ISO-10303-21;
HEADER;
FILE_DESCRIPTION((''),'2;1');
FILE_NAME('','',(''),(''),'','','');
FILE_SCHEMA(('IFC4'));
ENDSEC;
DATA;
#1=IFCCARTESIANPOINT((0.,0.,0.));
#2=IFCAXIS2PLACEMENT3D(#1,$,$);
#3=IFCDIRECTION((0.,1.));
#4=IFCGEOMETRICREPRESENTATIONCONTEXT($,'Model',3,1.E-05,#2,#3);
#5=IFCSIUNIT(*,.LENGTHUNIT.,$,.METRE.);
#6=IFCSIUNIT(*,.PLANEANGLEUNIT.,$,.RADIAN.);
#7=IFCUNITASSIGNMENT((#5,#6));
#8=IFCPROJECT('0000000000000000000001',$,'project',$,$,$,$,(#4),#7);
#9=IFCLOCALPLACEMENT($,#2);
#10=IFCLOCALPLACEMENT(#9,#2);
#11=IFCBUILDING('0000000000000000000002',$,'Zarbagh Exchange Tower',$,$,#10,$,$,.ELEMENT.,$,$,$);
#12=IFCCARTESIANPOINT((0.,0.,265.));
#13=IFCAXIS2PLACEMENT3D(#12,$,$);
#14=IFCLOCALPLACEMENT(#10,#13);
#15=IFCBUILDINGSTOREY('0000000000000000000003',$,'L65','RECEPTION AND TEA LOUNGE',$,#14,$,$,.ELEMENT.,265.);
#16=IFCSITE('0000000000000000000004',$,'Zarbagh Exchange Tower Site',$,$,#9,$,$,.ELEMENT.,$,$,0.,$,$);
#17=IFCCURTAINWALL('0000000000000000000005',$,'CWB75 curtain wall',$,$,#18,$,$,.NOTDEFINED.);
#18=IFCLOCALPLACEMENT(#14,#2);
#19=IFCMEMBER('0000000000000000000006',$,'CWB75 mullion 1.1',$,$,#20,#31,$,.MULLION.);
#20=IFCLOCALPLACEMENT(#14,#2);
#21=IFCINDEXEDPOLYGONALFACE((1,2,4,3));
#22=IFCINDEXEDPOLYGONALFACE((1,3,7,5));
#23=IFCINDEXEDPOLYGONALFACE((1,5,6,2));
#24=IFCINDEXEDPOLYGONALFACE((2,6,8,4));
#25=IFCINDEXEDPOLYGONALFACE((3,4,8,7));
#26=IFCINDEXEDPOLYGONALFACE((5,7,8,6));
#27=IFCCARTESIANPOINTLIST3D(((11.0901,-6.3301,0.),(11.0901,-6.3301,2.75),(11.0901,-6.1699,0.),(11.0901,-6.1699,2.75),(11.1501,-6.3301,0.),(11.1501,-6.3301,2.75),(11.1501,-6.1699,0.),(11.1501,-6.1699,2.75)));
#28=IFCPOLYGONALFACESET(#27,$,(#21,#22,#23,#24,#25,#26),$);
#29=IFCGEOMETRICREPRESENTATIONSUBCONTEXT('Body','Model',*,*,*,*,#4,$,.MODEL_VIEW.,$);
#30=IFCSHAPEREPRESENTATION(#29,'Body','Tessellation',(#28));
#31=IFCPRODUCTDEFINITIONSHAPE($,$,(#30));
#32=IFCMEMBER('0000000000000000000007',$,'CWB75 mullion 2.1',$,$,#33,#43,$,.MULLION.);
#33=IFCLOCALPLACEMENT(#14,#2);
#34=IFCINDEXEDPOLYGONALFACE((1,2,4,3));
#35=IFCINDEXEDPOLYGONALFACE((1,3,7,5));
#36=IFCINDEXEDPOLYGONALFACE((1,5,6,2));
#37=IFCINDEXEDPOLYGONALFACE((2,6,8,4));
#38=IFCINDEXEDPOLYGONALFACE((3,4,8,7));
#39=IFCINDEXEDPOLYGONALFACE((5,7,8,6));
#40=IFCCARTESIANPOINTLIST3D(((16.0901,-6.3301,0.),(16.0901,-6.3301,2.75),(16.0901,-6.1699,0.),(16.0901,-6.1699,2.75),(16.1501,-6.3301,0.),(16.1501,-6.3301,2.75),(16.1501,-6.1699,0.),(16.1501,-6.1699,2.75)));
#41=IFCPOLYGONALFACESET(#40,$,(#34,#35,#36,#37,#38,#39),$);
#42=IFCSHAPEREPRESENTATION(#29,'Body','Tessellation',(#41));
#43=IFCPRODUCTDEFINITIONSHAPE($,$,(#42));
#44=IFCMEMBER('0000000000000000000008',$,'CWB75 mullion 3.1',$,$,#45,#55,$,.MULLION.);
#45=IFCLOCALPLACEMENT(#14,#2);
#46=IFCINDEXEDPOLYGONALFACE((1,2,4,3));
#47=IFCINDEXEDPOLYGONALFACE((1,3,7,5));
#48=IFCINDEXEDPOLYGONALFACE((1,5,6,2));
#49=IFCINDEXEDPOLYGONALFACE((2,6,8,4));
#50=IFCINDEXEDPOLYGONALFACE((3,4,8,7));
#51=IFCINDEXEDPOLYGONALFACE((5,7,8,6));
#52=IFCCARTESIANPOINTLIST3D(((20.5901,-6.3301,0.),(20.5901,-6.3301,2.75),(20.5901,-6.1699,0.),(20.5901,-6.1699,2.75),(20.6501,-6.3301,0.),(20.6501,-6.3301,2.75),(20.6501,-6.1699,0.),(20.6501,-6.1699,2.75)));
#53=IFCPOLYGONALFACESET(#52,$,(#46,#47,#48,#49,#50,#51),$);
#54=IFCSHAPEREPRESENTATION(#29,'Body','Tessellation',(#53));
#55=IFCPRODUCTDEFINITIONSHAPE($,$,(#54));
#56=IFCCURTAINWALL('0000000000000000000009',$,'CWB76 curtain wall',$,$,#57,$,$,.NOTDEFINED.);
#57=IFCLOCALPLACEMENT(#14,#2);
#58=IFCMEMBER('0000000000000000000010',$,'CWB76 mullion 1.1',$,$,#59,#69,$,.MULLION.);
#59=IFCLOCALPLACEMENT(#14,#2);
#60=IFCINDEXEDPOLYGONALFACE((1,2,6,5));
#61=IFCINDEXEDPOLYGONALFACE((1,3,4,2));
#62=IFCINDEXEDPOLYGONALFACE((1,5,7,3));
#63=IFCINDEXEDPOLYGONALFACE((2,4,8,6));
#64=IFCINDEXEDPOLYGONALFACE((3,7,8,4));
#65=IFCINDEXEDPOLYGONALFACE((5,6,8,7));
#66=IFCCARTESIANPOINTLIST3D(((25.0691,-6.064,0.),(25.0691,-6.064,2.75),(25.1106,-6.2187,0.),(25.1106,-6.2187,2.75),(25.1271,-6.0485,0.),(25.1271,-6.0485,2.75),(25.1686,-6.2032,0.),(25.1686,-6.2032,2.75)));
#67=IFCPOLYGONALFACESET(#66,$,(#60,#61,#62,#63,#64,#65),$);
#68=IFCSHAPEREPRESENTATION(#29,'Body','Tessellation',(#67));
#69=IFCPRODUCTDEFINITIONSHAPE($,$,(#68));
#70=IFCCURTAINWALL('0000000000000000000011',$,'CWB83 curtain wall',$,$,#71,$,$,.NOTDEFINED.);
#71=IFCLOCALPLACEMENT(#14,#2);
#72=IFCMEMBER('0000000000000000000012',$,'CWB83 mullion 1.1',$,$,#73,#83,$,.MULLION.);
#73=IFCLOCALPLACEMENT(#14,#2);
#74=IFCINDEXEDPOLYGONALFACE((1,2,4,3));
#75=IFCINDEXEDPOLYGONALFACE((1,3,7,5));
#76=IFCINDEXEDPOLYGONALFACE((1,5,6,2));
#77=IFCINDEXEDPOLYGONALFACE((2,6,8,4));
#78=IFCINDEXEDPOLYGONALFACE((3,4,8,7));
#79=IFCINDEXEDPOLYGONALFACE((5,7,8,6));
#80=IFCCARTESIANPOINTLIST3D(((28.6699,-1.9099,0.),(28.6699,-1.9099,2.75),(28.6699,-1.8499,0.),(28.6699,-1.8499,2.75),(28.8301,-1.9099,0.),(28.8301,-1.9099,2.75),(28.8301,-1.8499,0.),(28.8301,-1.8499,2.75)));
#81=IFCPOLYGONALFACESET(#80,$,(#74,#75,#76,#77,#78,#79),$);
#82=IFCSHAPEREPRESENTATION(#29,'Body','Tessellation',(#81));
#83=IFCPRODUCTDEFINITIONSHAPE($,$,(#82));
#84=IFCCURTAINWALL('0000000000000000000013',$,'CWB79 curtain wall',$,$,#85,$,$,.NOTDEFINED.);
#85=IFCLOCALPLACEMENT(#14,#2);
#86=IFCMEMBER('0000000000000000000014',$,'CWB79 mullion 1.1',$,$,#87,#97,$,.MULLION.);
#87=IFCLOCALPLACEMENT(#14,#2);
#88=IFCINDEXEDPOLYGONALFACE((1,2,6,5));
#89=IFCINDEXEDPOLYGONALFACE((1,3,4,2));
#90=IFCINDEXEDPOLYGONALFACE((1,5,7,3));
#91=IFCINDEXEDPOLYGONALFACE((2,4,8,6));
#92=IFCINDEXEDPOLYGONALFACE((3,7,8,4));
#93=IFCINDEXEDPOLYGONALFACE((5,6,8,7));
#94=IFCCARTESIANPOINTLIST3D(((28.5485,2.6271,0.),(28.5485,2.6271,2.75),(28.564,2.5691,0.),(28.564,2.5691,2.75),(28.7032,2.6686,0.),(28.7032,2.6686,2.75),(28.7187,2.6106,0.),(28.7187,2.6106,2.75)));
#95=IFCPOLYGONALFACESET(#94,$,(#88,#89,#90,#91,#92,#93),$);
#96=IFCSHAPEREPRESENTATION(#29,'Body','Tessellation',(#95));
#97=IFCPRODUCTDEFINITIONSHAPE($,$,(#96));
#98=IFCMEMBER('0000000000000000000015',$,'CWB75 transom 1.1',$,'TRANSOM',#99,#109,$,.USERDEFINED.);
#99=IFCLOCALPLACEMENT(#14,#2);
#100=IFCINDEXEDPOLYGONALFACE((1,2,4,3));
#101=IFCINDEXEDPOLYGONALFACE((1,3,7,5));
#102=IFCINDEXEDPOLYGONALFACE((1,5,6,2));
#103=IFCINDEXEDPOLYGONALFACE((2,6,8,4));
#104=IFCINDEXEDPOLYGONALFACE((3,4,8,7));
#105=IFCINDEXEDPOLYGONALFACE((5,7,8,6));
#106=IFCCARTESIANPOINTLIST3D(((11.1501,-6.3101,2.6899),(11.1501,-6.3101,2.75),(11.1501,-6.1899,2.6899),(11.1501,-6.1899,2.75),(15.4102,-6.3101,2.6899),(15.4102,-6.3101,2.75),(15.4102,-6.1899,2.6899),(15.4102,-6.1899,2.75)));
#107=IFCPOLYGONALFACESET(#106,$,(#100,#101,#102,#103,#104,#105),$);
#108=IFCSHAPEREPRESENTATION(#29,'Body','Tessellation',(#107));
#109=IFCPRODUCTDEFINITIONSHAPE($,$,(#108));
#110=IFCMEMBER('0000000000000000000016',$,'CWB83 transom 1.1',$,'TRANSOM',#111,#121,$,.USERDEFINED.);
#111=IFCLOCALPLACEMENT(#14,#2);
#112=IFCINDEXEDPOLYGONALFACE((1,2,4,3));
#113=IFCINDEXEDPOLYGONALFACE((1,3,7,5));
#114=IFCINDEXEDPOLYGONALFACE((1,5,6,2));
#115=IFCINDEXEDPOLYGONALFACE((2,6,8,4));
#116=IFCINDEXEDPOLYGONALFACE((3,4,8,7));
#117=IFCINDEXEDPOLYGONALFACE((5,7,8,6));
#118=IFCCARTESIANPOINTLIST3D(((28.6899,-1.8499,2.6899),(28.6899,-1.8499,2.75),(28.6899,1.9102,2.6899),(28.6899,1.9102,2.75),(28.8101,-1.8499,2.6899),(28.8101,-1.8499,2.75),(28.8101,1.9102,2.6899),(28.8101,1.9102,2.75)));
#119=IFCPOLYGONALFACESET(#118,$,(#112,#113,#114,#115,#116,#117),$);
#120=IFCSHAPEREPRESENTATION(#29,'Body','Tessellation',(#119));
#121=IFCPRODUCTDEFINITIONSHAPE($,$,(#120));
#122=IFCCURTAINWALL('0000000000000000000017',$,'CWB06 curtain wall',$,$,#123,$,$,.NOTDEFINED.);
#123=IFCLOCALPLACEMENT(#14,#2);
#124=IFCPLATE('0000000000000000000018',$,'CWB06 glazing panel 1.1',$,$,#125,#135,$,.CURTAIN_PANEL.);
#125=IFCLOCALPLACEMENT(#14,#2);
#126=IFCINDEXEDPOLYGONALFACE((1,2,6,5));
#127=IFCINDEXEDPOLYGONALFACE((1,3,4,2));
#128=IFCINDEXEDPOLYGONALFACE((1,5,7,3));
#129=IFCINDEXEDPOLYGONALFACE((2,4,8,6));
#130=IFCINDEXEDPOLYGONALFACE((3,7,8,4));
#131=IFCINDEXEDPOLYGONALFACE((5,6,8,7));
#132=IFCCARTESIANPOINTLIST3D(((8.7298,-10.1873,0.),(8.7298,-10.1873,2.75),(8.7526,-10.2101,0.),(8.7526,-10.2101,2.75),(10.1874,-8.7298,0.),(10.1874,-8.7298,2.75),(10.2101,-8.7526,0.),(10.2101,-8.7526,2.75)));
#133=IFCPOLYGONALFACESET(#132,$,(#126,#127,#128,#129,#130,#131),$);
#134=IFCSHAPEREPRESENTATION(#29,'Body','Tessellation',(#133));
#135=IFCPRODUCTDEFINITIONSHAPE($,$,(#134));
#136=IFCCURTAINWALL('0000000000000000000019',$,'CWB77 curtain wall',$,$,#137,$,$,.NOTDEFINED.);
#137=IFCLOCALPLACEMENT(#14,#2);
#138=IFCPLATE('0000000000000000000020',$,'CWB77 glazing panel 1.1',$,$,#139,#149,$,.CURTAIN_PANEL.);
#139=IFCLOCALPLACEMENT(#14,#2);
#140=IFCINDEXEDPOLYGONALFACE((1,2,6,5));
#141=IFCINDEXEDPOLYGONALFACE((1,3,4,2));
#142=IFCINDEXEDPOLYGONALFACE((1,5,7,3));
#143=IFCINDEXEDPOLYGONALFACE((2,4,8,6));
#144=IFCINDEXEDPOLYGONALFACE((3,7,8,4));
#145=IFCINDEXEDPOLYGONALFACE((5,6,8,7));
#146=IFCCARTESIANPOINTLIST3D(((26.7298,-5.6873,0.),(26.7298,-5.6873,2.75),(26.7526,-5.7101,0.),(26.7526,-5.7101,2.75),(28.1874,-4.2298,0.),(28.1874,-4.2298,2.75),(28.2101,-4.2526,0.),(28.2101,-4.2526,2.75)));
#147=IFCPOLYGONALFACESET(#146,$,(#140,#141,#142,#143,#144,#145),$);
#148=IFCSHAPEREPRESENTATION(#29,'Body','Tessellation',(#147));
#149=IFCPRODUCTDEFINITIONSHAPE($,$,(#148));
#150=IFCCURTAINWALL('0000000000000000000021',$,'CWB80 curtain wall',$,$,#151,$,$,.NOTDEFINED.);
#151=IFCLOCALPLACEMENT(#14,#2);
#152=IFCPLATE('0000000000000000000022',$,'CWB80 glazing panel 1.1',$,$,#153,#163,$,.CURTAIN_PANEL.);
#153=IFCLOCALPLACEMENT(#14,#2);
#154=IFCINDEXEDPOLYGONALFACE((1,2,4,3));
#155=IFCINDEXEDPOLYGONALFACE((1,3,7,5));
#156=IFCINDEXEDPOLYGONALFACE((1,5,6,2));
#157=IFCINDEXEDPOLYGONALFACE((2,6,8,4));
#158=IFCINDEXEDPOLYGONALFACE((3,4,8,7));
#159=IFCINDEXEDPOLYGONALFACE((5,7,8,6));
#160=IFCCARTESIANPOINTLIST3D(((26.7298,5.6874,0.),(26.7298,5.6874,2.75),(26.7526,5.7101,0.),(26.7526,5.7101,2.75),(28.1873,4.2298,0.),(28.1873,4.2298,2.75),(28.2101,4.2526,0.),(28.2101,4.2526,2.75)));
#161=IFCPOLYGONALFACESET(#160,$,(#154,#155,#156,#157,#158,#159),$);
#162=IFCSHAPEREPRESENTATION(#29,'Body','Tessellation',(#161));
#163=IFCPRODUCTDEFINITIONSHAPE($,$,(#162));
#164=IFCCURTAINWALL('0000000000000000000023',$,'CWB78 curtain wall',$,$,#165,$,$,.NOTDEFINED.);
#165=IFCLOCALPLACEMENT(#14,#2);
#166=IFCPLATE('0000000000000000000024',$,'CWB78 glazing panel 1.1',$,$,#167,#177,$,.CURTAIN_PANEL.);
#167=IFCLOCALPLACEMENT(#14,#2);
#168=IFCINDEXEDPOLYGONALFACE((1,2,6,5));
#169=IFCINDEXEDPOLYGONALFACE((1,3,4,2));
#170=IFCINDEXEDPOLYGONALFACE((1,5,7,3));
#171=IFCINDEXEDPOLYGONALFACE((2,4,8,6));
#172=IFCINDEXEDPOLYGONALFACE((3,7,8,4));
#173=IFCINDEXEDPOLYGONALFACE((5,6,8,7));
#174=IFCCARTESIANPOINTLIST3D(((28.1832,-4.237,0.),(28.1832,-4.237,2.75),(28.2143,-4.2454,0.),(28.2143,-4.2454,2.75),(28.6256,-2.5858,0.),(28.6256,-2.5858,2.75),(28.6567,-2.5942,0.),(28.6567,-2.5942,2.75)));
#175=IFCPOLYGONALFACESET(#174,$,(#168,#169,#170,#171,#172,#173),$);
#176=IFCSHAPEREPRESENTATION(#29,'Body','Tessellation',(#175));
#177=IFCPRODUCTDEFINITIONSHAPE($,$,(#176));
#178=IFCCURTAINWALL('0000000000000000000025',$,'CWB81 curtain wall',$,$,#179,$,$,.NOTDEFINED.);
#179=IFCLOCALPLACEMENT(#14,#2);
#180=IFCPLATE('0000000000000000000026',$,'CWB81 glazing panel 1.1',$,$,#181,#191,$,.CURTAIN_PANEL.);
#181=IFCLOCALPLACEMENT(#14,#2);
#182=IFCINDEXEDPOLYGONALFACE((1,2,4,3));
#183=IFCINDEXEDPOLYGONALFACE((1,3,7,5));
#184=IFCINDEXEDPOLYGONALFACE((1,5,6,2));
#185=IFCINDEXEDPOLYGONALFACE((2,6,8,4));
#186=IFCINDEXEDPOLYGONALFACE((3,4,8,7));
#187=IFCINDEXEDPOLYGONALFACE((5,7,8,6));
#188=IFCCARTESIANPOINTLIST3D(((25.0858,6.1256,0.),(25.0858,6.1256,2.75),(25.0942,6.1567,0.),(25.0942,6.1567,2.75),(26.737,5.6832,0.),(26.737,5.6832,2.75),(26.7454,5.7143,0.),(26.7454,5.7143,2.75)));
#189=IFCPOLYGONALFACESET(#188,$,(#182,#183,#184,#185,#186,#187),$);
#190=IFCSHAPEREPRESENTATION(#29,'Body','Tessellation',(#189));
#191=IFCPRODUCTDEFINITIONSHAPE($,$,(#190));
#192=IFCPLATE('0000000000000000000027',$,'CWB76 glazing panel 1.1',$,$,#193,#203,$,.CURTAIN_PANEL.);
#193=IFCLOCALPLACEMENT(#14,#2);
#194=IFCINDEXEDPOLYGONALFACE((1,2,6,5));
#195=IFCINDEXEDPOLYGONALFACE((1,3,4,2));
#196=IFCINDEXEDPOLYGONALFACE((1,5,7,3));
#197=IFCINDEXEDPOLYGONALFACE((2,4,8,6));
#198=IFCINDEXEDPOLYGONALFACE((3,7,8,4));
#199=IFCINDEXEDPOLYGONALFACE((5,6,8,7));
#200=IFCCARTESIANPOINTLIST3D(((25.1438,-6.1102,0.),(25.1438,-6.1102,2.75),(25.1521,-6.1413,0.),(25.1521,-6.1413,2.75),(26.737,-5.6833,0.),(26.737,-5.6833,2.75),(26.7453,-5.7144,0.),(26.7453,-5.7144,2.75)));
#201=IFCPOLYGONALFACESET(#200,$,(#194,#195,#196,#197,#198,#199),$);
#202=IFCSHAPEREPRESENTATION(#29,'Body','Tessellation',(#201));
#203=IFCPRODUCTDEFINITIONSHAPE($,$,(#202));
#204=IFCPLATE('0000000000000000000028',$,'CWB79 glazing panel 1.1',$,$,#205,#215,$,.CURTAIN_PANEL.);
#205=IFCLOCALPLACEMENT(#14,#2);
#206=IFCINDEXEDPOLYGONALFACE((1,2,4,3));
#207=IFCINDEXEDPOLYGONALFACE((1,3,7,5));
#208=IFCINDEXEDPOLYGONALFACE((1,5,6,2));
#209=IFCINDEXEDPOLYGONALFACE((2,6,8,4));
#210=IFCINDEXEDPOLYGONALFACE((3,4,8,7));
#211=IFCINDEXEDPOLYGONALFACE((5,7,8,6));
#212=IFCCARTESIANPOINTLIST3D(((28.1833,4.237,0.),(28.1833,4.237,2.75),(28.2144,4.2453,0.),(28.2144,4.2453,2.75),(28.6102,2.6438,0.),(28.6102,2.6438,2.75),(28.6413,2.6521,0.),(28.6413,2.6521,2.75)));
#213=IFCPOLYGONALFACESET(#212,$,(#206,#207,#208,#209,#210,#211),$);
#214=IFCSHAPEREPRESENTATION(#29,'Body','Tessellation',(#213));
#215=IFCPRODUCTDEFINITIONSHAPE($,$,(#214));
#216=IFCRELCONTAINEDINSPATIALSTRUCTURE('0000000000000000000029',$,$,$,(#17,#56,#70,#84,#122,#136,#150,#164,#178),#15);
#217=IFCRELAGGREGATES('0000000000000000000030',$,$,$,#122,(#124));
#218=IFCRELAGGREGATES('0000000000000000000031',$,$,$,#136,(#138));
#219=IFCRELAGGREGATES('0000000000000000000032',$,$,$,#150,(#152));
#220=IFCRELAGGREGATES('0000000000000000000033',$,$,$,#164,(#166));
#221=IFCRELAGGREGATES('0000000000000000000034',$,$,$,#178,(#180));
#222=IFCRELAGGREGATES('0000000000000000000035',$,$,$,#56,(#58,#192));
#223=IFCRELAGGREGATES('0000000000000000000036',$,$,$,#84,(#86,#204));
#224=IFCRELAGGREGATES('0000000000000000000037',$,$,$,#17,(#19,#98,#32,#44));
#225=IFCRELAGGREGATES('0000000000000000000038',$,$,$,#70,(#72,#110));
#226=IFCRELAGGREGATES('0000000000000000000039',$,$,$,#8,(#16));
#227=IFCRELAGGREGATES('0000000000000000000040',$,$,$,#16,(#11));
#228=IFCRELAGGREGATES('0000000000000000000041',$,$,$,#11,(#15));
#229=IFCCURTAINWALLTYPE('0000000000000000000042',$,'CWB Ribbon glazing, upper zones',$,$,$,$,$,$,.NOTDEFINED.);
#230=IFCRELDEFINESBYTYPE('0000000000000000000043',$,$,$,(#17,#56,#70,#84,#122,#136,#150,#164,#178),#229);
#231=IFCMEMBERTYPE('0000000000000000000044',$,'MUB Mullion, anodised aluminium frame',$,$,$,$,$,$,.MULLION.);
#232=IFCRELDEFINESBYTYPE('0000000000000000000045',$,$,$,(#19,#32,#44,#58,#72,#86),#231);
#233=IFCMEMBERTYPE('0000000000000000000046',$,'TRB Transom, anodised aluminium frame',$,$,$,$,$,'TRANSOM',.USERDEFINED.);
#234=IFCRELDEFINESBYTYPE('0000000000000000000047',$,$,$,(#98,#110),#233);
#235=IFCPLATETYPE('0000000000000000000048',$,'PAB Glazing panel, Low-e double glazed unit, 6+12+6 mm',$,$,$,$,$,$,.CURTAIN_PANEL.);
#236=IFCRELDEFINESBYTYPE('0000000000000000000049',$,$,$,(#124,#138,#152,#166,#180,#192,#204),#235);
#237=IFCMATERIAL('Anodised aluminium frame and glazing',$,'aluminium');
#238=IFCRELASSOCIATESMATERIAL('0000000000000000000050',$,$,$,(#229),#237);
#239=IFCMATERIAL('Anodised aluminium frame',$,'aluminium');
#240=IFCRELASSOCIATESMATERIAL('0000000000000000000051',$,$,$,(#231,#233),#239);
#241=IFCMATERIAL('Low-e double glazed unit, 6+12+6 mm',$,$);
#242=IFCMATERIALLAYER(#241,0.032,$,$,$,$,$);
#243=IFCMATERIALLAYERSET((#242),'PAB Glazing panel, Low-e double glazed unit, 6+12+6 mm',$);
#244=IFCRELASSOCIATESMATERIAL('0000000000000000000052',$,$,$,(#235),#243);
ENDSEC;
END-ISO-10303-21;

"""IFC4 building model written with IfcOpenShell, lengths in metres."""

from ifc_helpers import new_model, si_unit, direction, frame, origin, place, context, subcontext, project, spatial, polyline, outline, extrude, source, transform, mapped, material, layer, layer_set, type_object, element, aggregate, save


model = new_model("IFC4")

# Units and contexts
model_context = context("Model", 3, precision=1e-05, world=origin(), true_north=direction((0.0, 1.0)))
body_context = subcontext(model_context, "Body", "Model", "MODEL_VIEW")
ifc_project = project(units=[si_unit("LENGTHUNIT", "METRE"), si_unit("PLANEANGLEUNIT", "RADIAN")], contexts=[model_context])

# Site, building, storey
site_placement = place(None, origin())
site = spatial("IfcSite", under=ifc_project, at=site_placement, Name="Zarbagh Exchange Tower Site", CompositionType="ELEMENT", RefElevation=0.0)
building_placement = place(site_placement, origin())
building = spatial("IfcBuilding", under=site, at=building_placement, Name="Zarbagh Exchange Tower", CompositionType="ELEMENT")
storey_placement = place(building_placement, frame((0.0, 0.0, 265.0)))
storey = spatial("IfcBuildingStorey", under=building, at=storey_placement, Name="L65", Description="RECEPTION AND TEA LOUNGE", CompositionType="ELEMENT", Elevation=265.0)

# Curtain wall, members
ifc_material_1 = material(Name="Anodised aluminium frame and glazing", Category="aluminium")
curtain_wall_type = type_object("IfcCurtainWallType", Name="CWB Ribbon glazing, upper zones", PredefinedType="NOTDEFINED", material=ifc_material_1)
curtain_wall_1_placement = place(storey_placement, origin())
curtain_wall_1 = element("IfcCurtainWall", 1, at=curtain_wall_1_placement, inside=storey, type_object=curtain_wall_type, Name="CWB75 curtain wall", PredefinedType="NOTDEFINED")
ifc_material_2 = material(Name="Anodised aluminium frame", Category="aluminium")
member_type_1 = type_object("IfcMemberType", Name="MUB Mullion, anodised aluminium frame", PredefinedType="MULLION", material=ifc_material_2)
shared_shape_1 = source(origin(), body_context, "Body", "SweptSolid", [
    extrude(outline(polyline([(0.0, -0.0801), (0.0601, -0.0801), (0.0601, 0.0801), (0.0, 0.0801), (0.0, -0.0801)])), origin(), (0.0, 0.0, 1.0), 2.75),
])
placement = place(storey_placement, origin())
member_1 = element("IfcMember", 2, at=placement, type_object=member_type_1, Name="CWB75 mullion 1.1", PredefinedType="MULLION", context=body_context, shape_type="MappedRepresentation", body=[
    mapped(shared_shape_1, transform((11.0901, -6.25, 0.0), x_axis=(1.0, 0.0, 0.0), y_axis=(0.0, 1.0, 0.0), z_axis=(0.0, 0.0, 1.0))),
])
member_2 = element("IfcMember", 3, at=placement, type_object=member_type_1, Name="CWB75 mullion 2.1", PredefinedType="MULLION", context=body_context, shape_type="MappedRepresentation", body=[
    mapped(shared_shape_1, transform((16.0901, -6.25, 0.0), x_axis=(1.0, 0.0, 0.0), y_axis=(0.0, 1.0, 0.0), z_axis=(0.0, 0.0, 1.0))),
])
member_3 = element("IfcMember", 4, at=placement, type_object=member_type_1, Name="CWB75 mullion 3.1", PredefinedType="MULLION", context=body_context, shape_type="MappedRepresentation", body=[
    mapped(shared_shape_1, transform((20.5901, -6.25, 0.0), x_axis=(1.0, 0.0, 0.0), y_axis=(0.0, 1.0, 0.0), z_axis=(0.0, 0.0, 1.0))),
])

# Curtain walls, members
curtain_wall_2_placement = place(storey_placement, origin())
curtain_wall_2 = element("IfcCurtainWall", 5, at=curtain_wall_2_placement, inside=storey, type_object=curtain_wall_type, Name="CWB76 curtain wall", PredefinedType="NOTDEFINED")
member_4 = element("IfcMember", 6, at=placement, type_object=member_type_1, Name="CWB76 mullion 1.1", PredefinedType="MULLION", context=body_context, shape_type="MappedRepresentation", body=[
    mapped(shared_shape_1, transform((25.0898, -6.1414, 0.0), x_axis=(0.965924, 0.258825, 0.0), y_axis=(-0.258825, 0.965924, 0.0), z_axis=(0.0, 0.0, 1.0))),
])
curtain_wall_3_placement = place(storey_placement, origin())
curtain_wall_3 = element("IfcCurtainWall", 7, at=curtain_wall_3_placement, inside=storey, type_object=curtain_wall_type, Name="CWB83 curtain wall", PredefinedType="NOTDEFINED")
member_5 = element("IfcMember", 8, at=placement, type_object=member_type_1, Name="CWB83 mullion 1.1", PredefinedType="MULLION", context=body_context, shape_type="MappedRepresentation", body=[
    mapped(shared_shape_1, transform((28.75, -1.9099, 0.0), x_axis=(0.0, 1.0, 0.0), y_axis=(-1.0, 0.0, 0.0), z_axis=(0.0, 0.0, 1.0))),
])
curtain_wall_4_placement = place(storey_placement, origin())
curtain_wall_4 = element("IfcCurtainWall", 9, at=curtain_wall_4_placement, inside=storey, type_object=curtain_wall_type, Name="CWB79 curtain wall", PredefinedType="NOTDEFINED")
member_6 = element("IfcMember", 10, at=placement, type_object=member_type_1, Name="CWB79 mullion 1.1", PredefinedType="MULLION", context=body_context, shape_type="MappedRepresentation", body=[
    mapped(shared_shape_1, transform((28.6414, 2.5898, 0.0), x_axis=(-0.258825, 0.965924, 0.0), y_axis=(-0.965924, -0.258825, 0.0), z_axis=(0.0, 0.0, 1.0))),
])

# Members
member_type_2 = type_object("IfcMemberType", Name="TRB Transom, anodised aluminium frame", ElementType="TRANSOM", PredefinedType="USERDEFINED", material=ifc_material_2)
shared_shape_2 = source(origin(), body_context, "Body", "SweptSolid", [
    extrude(outline(polyline([(-0.0601, -0.0601), (0.0, -0.0601), (0.0, 0.0601), (-0.0601, 0.0601), (-0.0601, -0.0601)])), origin(), (0.0, 0.0, 1.0), 4.26),
])
member_7 = element("IfcMember", 11, at=placement, type_object=member_type_2, Name="CWB75 transom 1.1", ObjectType="TRANSOM", PredefinedType="USERDEFINED", context=body_context, shape_type="MappedRepresentation", body=[
    mapped(shared_shape_2, transform((11.1501, -6.25, 2.75), x_axis=(0.0, 0.0, 1.0), y_axis=(0.0, -1.0, 0.0), z_axis=(1.0, 0.0, 0.0))),
])
shared_shape_3 = source(origin(), body_context, "Body", "SweptSolid", [
    extrude(outline(polyline([(-0.0601, -0.0601), (0.0, -0.0601), (0.0, 0.0601), (-0.0601, 0.0601), (-0.0601, -0.0601)])), origin(), (0.0, 0.0, 1.0), 3.76),
])
member_8 = element("IfcMember", 12, at=placement, type_object=member_type_2, Name="CWB83 transom 1.1", ObjectType="TRANSOM", PredefinedType="USERDEFINED", context=body_context, shape_type="MappedRepresentation", body=[
    mapped(shared_shape_3, transform((28.75, -1.8499, 2.75), x_axis=(0.0, 0.0, 1.0), y_axis=(1.0, 0.0, 0.0), z_axis=(0.0, 1.0, 0.0))),
])

# Curtain walls, plates
curtain_wall_5_placement = place(storey_placement, origin())
curtain_wall_5 = element("IfcCurtainWall", 13, at=curtain_wall_5_placement, inside=storey, type_object=curtain_wall_type, Name="CWB06 curtain wall", PredefinedType="NOTDEFINED")
ifc_material_3 = material(Name="Low-e double glazed unit, 6+12+6 mm")
ifc_layer = layer(ifc_material_3, 0.032)
ifc_layer_set = layer_set([ifc_layer], Name="PAB Glazing panel, Low-e double glazed unit, 6+12+6 mm")
plate_type = type_object("IfcPlateType", Name="PAB Glazing panel, Low-e double glazed unit, 6+12+6 mm", PredefinedType="CURTAIN_PANEL", material=ifc_layer_set)
shared_shape_4 = source(origin(), body_context, "Body", "SweptSolid", [
    extrude(outline(polyline([(0.0, -0.0161), (2.0613, -0.0161), (2.0613, 0.0161), (0.0, 0.0161), (0.0, -0.0161)])), origin(), (0.0, 0.0, 1.0), 2.75),
])
plate_1 = element("IfcPlate", 14, at=placement, type_object=plate_type, Name="CWB06 glazing panel 1.1", PredefinedType="CURTAIN_PANEL", context=body_context, shape_type="MappedRepresentation", body=[
    mapped(shared_shape_4, transform((8.7412, -10.1987, 0.0), x_axis=(0.707107, 0.707107, 0.0), y_axis=(-0.707107, 0.707107, 0.0), z_axis=(0.0, 0.0, 1.0))),
])
aggregate(curtain_wall_5, [plate_1])
curtain_wall_6_placement = place(storey_placement, origin())
curtain_wall_6 = element("IfcCurtainWall", 15, at=curtain_wall_6_placement, inside=storey, type_object=curtain_wall_type, Name="CWB77 curtain wall", PredefinedType="NOTDEFINED")
plate_2 = element("IfcPlate", 16, at=placement, type_object=plate_type, Name="CWB77 glazing panel 1.1", PredefinedType="CURTAIN_PANEL", context=body_context, shape_type="MappedRepresentation", body=[
    mapped(shared_shape_4, transform((26.7412, -5.6987, 0.0), x_axis=(0.707107, 0.707107, 0.0), y_axis=(-0.707107, 0.707107, 0.0), z_axis=(0.0, 0.0, 1.0))),
])
aggregate(curtain_wall_6, [plate_2])
curtain_wall_7_placement = place(storey_placement, origin())
curtain_wall_7 = element("IfcCurtainWall", 17, at=curtain_wall_7_placement, inside=storey, type_object=curtain_wall_type, Name="CWB80 curtain wall", PredefinedType="NOTDEFINED")
plate_3 = element("IfcPlate", 18, at=placement, type_object=plate_type, Name="CWB80 glazing panel 1.1", PredefinedType="CURTAIN_PANEL", context=body_context, shape_type="MappedRepresentation", body=[
    mapped(shared_shape_4, transform((28.1987, 4.2412, 0.0), x_axis=(-0.707107, 0.707107, 0.0), y_axis=(-0.707107, -0.707107, 0.0), z_axis=(0.0, 0.0, 1.0))),
])
aggregate(curtain_wall_7, [plate_3])
curtain_wall_8_placement = place(storey_placement, origin())
curtain_wall_8 = element("IfcCurtainWall", 19, at=curtain_wall_8_placement, inside=storey, type_object=curtain_wall_type, Name="CWB78 curtain wall", PredefinedType="NOTDEFINED")
shared_shape_5 = source(origin(), body_context, "Body", "SweptSolid", [
    extrude(outline(polyline([(0.0, -0.0161), (1.7095, -0.0161), (1.7095, 0.0161), (0.0, 0.0161), (0.0, -0.0161)])), origin(), (0.0, 0.0, 1.0), 2.75),
])
plate_4 = element("IfcPlate", 20, at=placement, type_object=plate_type, Name="CWB78 glazing panel 1.1", PredefinedType="CURTAIN_PANEL", context=body_context, shape_type="MappedRepresentation", body=[
    mapped(shared_shape_5, transform((28.1987, -4.2412, 0.0), x_axis=(0.258825, 0.965924, 0.0), y_axis=(-0.965924, 0.258825, 0.0), z_axis=(0.0, 0.0, 1.0))),
])
aggregate(curtain_wall_8, [plate_4])
curtain_wall_9_placement = place(storey_placement, origin())
curtain_wall_9 = element("IfcCurtainWall", 21, at=curtain_wall_9_placement, inside=storey, type_object=curtain_wall_type, Name="CWB81 curtain wall", PredefinedType="NOTDEFINED")
plate_5 = element("IfcPlate", 22, at=placement, type_object=plate_type, Name="CWB81 glazing panel 1.1", PredefinedType="CURTAIN_PANEL", context=body_context, shape_type="MappedRepresentation", body=[
    mapped(shared_shape_5, transform((26.7412, 5.6987, 0.0), x_axis=(-0.965924, 0.258825, 0.0), y_axis=(-0.258825, -0.965924, 0.0), z_axis=(0.0, 0.0, 1.0))),
])
aggregate(curtain_wall_9, [plate_5])

# Plates
shared_shape_6 = source(origin(), body_context, "Body", "SweptSolid", [
    extrude(outline(polyline([(0.0, -0.0161), (1.6494, -0.0161), (1.6494, 0.0161), (0.0, 0.0161), (0.0, -0.0161)])), origin(), (0.0, 0.0, 1.0), 2.75),
])
plate_6 = element("IfcPlate", 23, at=placement, type_object=plate_type, Name="CWB76 glazing panel 1.1", PredefinedType="CURTAIN_PANEL", context=body_context, shape_type="MappedRepresentation", body=[
    mapped(shared_shape_6, transform((25.1479, -6.1257, 0.0), x_axis=(0.965924, 0.258825, 0.0), y_axis=(-0.258825, 0.965924, 0.0), z_axis=(0.0, 0.0, 1.0))),
])
aggregate(curtain_wall_2, [member_4, plate_6])
plate_7 = element("IfcPlate", 24, at=placement, type_object=plate_type, Name="CWB79 glazing panel 1.1", PredefinedType="CURTAIN_PANEL", context=body_context, shape_type="MappedRepresentation", body=[
    mapped(shared_shape_6, transform((28.6257, 2.6479, 0.0), x_axis=(-0.258825, 0.965924, 0.0), y_axis=(-0.965924, -0.258825, 0.0), z_axis=(0.0, 0.0, 1.0))),
])
aggregate(curtain_wall_4, [member_6, plate_7])

aggregate(curtain_wall_1, [member_1, member_7, member_2, member_3])
aggregate(curtain_wall_3, [member_5, member_8])

save(model, "model.ifc")
